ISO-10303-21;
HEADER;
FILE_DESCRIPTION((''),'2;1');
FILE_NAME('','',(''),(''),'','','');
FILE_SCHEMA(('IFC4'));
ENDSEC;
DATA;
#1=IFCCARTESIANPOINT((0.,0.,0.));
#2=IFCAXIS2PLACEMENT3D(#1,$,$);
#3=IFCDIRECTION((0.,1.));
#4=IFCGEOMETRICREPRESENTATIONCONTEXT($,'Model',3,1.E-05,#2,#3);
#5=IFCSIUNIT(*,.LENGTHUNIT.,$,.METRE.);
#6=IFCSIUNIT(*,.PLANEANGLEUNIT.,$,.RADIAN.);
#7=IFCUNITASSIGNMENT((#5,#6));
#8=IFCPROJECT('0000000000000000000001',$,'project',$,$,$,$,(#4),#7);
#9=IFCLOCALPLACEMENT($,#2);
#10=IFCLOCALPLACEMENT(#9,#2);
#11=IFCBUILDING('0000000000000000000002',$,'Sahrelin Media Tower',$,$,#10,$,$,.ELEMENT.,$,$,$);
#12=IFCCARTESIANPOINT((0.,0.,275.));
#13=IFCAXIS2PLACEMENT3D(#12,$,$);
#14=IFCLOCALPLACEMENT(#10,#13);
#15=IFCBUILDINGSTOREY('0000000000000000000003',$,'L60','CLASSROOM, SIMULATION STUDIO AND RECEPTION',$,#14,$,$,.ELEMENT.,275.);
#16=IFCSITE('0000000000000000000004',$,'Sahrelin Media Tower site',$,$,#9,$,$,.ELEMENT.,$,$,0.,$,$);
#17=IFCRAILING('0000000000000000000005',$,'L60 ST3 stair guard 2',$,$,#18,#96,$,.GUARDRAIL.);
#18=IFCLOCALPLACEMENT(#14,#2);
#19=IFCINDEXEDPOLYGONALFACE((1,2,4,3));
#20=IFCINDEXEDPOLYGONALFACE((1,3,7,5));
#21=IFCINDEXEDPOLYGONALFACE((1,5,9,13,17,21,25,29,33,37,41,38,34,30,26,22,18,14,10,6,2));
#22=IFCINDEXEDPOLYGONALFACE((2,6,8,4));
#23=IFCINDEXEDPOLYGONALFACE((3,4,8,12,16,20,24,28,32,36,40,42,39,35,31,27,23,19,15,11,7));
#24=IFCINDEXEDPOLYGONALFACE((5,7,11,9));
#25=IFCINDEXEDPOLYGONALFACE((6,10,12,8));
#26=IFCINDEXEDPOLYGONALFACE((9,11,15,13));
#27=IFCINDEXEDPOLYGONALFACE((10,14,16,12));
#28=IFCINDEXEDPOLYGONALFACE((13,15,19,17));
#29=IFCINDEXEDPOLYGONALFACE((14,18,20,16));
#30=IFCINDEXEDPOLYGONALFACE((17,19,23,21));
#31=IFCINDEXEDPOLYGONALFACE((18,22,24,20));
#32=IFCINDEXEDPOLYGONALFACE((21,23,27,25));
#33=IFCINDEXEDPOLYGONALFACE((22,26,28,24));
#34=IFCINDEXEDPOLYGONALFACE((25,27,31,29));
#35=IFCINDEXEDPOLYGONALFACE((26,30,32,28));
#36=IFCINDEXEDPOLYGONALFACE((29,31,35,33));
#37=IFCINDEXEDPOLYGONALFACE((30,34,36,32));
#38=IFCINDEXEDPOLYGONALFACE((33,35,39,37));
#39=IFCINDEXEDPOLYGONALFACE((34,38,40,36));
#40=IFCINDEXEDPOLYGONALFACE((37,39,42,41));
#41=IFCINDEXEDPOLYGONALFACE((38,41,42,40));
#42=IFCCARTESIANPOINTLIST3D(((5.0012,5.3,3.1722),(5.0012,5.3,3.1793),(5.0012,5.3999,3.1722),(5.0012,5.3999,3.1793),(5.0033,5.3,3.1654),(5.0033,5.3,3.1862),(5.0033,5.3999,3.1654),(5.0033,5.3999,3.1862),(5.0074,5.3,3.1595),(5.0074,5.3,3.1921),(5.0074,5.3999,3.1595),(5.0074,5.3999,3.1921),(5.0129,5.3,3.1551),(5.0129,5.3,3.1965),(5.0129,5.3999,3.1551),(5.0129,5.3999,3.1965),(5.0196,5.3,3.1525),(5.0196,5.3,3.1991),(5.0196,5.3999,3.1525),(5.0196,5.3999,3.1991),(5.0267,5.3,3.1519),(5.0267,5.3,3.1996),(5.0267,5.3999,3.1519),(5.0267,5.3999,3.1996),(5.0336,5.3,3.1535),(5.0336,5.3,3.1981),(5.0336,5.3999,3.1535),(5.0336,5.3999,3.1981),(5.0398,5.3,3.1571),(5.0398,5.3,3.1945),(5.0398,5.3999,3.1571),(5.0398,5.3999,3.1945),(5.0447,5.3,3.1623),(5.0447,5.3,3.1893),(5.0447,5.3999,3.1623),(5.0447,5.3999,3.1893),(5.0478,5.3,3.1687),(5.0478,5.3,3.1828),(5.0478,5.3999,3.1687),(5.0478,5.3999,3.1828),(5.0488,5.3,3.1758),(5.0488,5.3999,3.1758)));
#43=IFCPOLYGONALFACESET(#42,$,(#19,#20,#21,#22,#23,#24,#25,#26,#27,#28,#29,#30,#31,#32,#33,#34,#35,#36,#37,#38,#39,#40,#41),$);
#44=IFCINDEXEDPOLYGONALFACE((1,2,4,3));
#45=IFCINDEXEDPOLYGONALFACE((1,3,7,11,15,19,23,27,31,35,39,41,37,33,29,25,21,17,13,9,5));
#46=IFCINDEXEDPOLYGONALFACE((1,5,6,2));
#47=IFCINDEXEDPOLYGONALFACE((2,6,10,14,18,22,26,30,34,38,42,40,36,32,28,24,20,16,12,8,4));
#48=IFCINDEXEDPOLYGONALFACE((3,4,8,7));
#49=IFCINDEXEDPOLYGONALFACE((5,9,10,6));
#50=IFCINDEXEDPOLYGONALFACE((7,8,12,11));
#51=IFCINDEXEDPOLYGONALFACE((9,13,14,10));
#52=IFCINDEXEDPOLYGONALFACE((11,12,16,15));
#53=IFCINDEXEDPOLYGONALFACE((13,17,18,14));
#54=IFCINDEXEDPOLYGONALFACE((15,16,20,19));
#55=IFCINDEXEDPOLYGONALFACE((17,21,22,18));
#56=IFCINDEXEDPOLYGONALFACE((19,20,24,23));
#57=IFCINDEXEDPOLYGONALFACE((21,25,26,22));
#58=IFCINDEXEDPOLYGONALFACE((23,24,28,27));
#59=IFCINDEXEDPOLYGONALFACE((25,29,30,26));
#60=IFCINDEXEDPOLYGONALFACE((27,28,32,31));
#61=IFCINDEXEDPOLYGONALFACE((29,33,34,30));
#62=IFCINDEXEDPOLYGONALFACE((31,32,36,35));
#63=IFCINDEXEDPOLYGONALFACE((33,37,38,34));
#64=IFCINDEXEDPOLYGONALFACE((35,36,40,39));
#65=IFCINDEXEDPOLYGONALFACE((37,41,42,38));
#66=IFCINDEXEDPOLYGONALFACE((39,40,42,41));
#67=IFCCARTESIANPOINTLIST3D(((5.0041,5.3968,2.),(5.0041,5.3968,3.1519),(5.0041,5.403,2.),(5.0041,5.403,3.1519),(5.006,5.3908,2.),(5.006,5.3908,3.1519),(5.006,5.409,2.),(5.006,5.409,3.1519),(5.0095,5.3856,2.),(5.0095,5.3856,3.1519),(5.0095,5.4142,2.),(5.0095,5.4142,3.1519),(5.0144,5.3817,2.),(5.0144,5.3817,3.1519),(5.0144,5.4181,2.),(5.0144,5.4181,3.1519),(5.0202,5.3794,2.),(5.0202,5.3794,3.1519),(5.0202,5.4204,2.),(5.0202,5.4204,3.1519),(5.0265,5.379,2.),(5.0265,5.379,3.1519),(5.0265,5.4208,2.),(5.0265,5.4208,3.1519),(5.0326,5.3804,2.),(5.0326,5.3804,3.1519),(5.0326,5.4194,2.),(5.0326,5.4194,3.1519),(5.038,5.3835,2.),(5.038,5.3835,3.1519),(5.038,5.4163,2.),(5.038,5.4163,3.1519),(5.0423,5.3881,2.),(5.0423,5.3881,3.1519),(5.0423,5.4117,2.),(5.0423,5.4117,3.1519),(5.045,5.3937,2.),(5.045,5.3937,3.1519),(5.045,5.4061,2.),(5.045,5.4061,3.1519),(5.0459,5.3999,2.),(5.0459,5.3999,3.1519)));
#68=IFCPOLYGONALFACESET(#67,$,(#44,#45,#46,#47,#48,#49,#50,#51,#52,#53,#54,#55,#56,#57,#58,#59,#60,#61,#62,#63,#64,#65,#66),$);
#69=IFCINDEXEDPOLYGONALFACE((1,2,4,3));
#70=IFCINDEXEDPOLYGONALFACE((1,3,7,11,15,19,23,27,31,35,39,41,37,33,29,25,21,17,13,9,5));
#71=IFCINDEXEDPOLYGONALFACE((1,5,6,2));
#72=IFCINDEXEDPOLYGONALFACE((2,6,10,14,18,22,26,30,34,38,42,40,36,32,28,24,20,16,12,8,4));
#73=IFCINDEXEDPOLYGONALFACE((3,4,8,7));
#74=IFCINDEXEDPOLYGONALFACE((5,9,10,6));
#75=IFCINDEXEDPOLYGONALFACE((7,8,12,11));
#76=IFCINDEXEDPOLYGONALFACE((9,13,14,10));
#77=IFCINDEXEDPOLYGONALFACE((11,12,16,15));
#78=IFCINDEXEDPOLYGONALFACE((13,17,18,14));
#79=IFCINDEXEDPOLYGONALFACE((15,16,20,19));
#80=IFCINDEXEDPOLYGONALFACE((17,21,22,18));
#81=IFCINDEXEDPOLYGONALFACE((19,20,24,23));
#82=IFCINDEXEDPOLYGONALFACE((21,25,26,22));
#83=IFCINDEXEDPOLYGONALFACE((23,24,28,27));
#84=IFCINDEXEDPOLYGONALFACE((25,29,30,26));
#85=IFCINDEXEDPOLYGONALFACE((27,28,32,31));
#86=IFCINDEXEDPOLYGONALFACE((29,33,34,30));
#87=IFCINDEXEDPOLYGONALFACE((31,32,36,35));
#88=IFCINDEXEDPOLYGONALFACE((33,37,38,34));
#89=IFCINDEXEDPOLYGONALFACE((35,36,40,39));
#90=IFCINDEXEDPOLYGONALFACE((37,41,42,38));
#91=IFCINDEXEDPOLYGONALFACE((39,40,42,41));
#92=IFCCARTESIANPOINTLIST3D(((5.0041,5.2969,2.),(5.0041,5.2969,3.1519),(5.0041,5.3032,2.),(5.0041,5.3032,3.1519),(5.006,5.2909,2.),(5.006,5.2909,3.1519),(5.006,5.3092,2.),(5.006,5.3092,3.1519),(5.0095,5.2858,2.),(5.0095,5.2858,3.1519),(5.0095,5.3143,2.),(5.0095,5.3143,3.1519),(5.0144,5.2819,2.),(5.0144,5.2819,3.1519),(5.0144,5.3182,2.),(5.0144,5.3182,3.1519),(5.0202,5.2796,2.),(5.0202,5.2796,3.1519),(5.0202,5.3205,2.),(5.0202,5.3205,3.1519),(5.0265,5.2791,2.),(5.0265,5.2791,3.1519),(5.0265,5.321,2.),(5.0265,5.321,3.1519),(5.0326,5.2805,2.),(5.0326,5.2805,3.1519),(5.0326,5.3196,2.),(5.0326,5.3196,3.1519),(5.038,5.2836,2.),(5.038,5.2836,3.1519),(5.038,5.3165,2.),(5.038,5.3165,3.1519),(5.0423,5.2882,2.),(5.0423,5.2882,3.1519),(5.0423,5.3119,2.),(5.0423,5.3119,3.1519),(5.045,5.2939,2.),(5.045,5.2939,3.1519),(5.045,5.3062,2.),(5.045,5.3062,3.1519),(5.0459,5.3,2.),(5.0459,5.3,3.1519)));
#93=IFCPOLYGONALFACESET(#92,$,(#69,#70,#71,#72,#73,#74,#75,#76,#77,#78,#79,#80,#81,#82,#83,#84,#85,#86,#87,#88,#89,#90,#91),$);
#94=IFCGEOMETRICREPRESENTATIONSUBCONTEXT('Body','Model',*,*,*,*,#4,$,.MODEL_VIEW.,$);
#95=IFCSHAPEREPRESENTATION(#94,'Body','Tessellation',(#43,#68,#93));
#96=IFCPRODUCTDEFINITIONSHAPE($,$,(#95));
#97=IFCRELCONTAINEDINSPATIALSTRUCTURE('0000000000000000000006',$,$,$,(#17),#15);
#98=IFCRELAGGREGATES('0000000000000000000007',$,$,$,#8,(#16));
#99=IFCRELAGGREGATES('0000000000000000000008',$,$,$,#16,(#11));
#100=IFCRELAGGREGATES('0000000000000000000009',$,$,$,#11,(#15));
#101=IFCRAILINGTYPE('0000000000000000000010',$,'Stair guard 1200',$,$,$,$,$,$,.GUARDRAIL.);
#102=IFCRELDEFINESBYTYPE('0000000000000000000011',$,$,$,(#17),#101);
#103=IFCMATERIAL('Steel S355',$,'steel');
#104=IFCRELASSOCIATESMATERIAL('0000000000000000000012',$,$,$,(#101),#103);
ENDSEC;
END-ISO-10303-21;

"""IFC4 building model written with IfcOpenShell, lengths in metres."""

from ifc_helpers import new_model, si_unit, direction, frame, origin, origin_2d, place, context, subcontext, project, spatial, circle, extrude, material, type_object, element, save


model = new_model("IFC4")

# Units and contexts
model_context = context("Model", 3, precision=1e-05, world=origin(), true_north=direction((0.0, 1.0)))
body_context = subcontext(model_context, "Body", "Model", "MODEL_VIEW")
ifc_project = project(units=[si_unit("LENGTHUNIT", "METRE"), si_unit("PLANEANGLEUNIT", "RADIAN")], contexts=[model_context])

# Site, building, storey
site_placement = place(None, origin())
site = spatial("IfcSite", under=ifc_project, at=site_placement, Name="Sahrelin Media Tower site", CompositionType="ELEMENT", RefElevation=0.0)
building_placement = place(site_placement, origin())
building = spatial("IfcBuilding", under=site, at=building_placement, Name="Sahrelin Media Tower", CompositionType="ELEMENT")
storey_placement = place(building_placement, frame((0.0, 0.0, 275.0)))
storey = spatial("IfcBuildingStorey", under=building, at=storey_placement, Name="L60", Description="CLASSROOM, SIMULATION STUDIO AND RECEPTION", CompositionType="ELEMENT", Elevation=275.0)

# Shared definitions
ifc_material_1 = material(Name="Steel S355", Category="steel")

# Railing
railing_type_1 = type_object("IfcRailingType", Name="Stair guard 1200", PredefinedType="GUARDRAIL", material=ifc_material_1)
railing_1_placement = place(storey_placement, frame((5.0249, 5.3999, 2.0)))
element("IfcRailing", 1, at=railing_1_placement, inside=storey, type_object=railing_type_1, Name="L60 ST3 stair guard 2", PredefinedType="GUARDRAIL", context=body_context, shape_type="SweptSolid", body=[
    extrude(circle(Radius=0.0239, at=origin_2d()), frame((0.0, 0.0, 1.1758), z_axis=(0.0, -1.0, 0.0), x_axis=(1.0, 0.0, 0.0)), (0.0, 0.0, 1.0), 0.0999),
    extrude(circle(Radius=0.021, at=origin_2d()), origin(), (0.0, 0.0, 1.0), 1.1519),
    extrude(circle(Radius=0.021, at=origin_2d()), frame((0.0, -0.0999, 0.0)), (0.0, 0.0, 1.0), 1.1519),
])

save(model, "model.ifc")
